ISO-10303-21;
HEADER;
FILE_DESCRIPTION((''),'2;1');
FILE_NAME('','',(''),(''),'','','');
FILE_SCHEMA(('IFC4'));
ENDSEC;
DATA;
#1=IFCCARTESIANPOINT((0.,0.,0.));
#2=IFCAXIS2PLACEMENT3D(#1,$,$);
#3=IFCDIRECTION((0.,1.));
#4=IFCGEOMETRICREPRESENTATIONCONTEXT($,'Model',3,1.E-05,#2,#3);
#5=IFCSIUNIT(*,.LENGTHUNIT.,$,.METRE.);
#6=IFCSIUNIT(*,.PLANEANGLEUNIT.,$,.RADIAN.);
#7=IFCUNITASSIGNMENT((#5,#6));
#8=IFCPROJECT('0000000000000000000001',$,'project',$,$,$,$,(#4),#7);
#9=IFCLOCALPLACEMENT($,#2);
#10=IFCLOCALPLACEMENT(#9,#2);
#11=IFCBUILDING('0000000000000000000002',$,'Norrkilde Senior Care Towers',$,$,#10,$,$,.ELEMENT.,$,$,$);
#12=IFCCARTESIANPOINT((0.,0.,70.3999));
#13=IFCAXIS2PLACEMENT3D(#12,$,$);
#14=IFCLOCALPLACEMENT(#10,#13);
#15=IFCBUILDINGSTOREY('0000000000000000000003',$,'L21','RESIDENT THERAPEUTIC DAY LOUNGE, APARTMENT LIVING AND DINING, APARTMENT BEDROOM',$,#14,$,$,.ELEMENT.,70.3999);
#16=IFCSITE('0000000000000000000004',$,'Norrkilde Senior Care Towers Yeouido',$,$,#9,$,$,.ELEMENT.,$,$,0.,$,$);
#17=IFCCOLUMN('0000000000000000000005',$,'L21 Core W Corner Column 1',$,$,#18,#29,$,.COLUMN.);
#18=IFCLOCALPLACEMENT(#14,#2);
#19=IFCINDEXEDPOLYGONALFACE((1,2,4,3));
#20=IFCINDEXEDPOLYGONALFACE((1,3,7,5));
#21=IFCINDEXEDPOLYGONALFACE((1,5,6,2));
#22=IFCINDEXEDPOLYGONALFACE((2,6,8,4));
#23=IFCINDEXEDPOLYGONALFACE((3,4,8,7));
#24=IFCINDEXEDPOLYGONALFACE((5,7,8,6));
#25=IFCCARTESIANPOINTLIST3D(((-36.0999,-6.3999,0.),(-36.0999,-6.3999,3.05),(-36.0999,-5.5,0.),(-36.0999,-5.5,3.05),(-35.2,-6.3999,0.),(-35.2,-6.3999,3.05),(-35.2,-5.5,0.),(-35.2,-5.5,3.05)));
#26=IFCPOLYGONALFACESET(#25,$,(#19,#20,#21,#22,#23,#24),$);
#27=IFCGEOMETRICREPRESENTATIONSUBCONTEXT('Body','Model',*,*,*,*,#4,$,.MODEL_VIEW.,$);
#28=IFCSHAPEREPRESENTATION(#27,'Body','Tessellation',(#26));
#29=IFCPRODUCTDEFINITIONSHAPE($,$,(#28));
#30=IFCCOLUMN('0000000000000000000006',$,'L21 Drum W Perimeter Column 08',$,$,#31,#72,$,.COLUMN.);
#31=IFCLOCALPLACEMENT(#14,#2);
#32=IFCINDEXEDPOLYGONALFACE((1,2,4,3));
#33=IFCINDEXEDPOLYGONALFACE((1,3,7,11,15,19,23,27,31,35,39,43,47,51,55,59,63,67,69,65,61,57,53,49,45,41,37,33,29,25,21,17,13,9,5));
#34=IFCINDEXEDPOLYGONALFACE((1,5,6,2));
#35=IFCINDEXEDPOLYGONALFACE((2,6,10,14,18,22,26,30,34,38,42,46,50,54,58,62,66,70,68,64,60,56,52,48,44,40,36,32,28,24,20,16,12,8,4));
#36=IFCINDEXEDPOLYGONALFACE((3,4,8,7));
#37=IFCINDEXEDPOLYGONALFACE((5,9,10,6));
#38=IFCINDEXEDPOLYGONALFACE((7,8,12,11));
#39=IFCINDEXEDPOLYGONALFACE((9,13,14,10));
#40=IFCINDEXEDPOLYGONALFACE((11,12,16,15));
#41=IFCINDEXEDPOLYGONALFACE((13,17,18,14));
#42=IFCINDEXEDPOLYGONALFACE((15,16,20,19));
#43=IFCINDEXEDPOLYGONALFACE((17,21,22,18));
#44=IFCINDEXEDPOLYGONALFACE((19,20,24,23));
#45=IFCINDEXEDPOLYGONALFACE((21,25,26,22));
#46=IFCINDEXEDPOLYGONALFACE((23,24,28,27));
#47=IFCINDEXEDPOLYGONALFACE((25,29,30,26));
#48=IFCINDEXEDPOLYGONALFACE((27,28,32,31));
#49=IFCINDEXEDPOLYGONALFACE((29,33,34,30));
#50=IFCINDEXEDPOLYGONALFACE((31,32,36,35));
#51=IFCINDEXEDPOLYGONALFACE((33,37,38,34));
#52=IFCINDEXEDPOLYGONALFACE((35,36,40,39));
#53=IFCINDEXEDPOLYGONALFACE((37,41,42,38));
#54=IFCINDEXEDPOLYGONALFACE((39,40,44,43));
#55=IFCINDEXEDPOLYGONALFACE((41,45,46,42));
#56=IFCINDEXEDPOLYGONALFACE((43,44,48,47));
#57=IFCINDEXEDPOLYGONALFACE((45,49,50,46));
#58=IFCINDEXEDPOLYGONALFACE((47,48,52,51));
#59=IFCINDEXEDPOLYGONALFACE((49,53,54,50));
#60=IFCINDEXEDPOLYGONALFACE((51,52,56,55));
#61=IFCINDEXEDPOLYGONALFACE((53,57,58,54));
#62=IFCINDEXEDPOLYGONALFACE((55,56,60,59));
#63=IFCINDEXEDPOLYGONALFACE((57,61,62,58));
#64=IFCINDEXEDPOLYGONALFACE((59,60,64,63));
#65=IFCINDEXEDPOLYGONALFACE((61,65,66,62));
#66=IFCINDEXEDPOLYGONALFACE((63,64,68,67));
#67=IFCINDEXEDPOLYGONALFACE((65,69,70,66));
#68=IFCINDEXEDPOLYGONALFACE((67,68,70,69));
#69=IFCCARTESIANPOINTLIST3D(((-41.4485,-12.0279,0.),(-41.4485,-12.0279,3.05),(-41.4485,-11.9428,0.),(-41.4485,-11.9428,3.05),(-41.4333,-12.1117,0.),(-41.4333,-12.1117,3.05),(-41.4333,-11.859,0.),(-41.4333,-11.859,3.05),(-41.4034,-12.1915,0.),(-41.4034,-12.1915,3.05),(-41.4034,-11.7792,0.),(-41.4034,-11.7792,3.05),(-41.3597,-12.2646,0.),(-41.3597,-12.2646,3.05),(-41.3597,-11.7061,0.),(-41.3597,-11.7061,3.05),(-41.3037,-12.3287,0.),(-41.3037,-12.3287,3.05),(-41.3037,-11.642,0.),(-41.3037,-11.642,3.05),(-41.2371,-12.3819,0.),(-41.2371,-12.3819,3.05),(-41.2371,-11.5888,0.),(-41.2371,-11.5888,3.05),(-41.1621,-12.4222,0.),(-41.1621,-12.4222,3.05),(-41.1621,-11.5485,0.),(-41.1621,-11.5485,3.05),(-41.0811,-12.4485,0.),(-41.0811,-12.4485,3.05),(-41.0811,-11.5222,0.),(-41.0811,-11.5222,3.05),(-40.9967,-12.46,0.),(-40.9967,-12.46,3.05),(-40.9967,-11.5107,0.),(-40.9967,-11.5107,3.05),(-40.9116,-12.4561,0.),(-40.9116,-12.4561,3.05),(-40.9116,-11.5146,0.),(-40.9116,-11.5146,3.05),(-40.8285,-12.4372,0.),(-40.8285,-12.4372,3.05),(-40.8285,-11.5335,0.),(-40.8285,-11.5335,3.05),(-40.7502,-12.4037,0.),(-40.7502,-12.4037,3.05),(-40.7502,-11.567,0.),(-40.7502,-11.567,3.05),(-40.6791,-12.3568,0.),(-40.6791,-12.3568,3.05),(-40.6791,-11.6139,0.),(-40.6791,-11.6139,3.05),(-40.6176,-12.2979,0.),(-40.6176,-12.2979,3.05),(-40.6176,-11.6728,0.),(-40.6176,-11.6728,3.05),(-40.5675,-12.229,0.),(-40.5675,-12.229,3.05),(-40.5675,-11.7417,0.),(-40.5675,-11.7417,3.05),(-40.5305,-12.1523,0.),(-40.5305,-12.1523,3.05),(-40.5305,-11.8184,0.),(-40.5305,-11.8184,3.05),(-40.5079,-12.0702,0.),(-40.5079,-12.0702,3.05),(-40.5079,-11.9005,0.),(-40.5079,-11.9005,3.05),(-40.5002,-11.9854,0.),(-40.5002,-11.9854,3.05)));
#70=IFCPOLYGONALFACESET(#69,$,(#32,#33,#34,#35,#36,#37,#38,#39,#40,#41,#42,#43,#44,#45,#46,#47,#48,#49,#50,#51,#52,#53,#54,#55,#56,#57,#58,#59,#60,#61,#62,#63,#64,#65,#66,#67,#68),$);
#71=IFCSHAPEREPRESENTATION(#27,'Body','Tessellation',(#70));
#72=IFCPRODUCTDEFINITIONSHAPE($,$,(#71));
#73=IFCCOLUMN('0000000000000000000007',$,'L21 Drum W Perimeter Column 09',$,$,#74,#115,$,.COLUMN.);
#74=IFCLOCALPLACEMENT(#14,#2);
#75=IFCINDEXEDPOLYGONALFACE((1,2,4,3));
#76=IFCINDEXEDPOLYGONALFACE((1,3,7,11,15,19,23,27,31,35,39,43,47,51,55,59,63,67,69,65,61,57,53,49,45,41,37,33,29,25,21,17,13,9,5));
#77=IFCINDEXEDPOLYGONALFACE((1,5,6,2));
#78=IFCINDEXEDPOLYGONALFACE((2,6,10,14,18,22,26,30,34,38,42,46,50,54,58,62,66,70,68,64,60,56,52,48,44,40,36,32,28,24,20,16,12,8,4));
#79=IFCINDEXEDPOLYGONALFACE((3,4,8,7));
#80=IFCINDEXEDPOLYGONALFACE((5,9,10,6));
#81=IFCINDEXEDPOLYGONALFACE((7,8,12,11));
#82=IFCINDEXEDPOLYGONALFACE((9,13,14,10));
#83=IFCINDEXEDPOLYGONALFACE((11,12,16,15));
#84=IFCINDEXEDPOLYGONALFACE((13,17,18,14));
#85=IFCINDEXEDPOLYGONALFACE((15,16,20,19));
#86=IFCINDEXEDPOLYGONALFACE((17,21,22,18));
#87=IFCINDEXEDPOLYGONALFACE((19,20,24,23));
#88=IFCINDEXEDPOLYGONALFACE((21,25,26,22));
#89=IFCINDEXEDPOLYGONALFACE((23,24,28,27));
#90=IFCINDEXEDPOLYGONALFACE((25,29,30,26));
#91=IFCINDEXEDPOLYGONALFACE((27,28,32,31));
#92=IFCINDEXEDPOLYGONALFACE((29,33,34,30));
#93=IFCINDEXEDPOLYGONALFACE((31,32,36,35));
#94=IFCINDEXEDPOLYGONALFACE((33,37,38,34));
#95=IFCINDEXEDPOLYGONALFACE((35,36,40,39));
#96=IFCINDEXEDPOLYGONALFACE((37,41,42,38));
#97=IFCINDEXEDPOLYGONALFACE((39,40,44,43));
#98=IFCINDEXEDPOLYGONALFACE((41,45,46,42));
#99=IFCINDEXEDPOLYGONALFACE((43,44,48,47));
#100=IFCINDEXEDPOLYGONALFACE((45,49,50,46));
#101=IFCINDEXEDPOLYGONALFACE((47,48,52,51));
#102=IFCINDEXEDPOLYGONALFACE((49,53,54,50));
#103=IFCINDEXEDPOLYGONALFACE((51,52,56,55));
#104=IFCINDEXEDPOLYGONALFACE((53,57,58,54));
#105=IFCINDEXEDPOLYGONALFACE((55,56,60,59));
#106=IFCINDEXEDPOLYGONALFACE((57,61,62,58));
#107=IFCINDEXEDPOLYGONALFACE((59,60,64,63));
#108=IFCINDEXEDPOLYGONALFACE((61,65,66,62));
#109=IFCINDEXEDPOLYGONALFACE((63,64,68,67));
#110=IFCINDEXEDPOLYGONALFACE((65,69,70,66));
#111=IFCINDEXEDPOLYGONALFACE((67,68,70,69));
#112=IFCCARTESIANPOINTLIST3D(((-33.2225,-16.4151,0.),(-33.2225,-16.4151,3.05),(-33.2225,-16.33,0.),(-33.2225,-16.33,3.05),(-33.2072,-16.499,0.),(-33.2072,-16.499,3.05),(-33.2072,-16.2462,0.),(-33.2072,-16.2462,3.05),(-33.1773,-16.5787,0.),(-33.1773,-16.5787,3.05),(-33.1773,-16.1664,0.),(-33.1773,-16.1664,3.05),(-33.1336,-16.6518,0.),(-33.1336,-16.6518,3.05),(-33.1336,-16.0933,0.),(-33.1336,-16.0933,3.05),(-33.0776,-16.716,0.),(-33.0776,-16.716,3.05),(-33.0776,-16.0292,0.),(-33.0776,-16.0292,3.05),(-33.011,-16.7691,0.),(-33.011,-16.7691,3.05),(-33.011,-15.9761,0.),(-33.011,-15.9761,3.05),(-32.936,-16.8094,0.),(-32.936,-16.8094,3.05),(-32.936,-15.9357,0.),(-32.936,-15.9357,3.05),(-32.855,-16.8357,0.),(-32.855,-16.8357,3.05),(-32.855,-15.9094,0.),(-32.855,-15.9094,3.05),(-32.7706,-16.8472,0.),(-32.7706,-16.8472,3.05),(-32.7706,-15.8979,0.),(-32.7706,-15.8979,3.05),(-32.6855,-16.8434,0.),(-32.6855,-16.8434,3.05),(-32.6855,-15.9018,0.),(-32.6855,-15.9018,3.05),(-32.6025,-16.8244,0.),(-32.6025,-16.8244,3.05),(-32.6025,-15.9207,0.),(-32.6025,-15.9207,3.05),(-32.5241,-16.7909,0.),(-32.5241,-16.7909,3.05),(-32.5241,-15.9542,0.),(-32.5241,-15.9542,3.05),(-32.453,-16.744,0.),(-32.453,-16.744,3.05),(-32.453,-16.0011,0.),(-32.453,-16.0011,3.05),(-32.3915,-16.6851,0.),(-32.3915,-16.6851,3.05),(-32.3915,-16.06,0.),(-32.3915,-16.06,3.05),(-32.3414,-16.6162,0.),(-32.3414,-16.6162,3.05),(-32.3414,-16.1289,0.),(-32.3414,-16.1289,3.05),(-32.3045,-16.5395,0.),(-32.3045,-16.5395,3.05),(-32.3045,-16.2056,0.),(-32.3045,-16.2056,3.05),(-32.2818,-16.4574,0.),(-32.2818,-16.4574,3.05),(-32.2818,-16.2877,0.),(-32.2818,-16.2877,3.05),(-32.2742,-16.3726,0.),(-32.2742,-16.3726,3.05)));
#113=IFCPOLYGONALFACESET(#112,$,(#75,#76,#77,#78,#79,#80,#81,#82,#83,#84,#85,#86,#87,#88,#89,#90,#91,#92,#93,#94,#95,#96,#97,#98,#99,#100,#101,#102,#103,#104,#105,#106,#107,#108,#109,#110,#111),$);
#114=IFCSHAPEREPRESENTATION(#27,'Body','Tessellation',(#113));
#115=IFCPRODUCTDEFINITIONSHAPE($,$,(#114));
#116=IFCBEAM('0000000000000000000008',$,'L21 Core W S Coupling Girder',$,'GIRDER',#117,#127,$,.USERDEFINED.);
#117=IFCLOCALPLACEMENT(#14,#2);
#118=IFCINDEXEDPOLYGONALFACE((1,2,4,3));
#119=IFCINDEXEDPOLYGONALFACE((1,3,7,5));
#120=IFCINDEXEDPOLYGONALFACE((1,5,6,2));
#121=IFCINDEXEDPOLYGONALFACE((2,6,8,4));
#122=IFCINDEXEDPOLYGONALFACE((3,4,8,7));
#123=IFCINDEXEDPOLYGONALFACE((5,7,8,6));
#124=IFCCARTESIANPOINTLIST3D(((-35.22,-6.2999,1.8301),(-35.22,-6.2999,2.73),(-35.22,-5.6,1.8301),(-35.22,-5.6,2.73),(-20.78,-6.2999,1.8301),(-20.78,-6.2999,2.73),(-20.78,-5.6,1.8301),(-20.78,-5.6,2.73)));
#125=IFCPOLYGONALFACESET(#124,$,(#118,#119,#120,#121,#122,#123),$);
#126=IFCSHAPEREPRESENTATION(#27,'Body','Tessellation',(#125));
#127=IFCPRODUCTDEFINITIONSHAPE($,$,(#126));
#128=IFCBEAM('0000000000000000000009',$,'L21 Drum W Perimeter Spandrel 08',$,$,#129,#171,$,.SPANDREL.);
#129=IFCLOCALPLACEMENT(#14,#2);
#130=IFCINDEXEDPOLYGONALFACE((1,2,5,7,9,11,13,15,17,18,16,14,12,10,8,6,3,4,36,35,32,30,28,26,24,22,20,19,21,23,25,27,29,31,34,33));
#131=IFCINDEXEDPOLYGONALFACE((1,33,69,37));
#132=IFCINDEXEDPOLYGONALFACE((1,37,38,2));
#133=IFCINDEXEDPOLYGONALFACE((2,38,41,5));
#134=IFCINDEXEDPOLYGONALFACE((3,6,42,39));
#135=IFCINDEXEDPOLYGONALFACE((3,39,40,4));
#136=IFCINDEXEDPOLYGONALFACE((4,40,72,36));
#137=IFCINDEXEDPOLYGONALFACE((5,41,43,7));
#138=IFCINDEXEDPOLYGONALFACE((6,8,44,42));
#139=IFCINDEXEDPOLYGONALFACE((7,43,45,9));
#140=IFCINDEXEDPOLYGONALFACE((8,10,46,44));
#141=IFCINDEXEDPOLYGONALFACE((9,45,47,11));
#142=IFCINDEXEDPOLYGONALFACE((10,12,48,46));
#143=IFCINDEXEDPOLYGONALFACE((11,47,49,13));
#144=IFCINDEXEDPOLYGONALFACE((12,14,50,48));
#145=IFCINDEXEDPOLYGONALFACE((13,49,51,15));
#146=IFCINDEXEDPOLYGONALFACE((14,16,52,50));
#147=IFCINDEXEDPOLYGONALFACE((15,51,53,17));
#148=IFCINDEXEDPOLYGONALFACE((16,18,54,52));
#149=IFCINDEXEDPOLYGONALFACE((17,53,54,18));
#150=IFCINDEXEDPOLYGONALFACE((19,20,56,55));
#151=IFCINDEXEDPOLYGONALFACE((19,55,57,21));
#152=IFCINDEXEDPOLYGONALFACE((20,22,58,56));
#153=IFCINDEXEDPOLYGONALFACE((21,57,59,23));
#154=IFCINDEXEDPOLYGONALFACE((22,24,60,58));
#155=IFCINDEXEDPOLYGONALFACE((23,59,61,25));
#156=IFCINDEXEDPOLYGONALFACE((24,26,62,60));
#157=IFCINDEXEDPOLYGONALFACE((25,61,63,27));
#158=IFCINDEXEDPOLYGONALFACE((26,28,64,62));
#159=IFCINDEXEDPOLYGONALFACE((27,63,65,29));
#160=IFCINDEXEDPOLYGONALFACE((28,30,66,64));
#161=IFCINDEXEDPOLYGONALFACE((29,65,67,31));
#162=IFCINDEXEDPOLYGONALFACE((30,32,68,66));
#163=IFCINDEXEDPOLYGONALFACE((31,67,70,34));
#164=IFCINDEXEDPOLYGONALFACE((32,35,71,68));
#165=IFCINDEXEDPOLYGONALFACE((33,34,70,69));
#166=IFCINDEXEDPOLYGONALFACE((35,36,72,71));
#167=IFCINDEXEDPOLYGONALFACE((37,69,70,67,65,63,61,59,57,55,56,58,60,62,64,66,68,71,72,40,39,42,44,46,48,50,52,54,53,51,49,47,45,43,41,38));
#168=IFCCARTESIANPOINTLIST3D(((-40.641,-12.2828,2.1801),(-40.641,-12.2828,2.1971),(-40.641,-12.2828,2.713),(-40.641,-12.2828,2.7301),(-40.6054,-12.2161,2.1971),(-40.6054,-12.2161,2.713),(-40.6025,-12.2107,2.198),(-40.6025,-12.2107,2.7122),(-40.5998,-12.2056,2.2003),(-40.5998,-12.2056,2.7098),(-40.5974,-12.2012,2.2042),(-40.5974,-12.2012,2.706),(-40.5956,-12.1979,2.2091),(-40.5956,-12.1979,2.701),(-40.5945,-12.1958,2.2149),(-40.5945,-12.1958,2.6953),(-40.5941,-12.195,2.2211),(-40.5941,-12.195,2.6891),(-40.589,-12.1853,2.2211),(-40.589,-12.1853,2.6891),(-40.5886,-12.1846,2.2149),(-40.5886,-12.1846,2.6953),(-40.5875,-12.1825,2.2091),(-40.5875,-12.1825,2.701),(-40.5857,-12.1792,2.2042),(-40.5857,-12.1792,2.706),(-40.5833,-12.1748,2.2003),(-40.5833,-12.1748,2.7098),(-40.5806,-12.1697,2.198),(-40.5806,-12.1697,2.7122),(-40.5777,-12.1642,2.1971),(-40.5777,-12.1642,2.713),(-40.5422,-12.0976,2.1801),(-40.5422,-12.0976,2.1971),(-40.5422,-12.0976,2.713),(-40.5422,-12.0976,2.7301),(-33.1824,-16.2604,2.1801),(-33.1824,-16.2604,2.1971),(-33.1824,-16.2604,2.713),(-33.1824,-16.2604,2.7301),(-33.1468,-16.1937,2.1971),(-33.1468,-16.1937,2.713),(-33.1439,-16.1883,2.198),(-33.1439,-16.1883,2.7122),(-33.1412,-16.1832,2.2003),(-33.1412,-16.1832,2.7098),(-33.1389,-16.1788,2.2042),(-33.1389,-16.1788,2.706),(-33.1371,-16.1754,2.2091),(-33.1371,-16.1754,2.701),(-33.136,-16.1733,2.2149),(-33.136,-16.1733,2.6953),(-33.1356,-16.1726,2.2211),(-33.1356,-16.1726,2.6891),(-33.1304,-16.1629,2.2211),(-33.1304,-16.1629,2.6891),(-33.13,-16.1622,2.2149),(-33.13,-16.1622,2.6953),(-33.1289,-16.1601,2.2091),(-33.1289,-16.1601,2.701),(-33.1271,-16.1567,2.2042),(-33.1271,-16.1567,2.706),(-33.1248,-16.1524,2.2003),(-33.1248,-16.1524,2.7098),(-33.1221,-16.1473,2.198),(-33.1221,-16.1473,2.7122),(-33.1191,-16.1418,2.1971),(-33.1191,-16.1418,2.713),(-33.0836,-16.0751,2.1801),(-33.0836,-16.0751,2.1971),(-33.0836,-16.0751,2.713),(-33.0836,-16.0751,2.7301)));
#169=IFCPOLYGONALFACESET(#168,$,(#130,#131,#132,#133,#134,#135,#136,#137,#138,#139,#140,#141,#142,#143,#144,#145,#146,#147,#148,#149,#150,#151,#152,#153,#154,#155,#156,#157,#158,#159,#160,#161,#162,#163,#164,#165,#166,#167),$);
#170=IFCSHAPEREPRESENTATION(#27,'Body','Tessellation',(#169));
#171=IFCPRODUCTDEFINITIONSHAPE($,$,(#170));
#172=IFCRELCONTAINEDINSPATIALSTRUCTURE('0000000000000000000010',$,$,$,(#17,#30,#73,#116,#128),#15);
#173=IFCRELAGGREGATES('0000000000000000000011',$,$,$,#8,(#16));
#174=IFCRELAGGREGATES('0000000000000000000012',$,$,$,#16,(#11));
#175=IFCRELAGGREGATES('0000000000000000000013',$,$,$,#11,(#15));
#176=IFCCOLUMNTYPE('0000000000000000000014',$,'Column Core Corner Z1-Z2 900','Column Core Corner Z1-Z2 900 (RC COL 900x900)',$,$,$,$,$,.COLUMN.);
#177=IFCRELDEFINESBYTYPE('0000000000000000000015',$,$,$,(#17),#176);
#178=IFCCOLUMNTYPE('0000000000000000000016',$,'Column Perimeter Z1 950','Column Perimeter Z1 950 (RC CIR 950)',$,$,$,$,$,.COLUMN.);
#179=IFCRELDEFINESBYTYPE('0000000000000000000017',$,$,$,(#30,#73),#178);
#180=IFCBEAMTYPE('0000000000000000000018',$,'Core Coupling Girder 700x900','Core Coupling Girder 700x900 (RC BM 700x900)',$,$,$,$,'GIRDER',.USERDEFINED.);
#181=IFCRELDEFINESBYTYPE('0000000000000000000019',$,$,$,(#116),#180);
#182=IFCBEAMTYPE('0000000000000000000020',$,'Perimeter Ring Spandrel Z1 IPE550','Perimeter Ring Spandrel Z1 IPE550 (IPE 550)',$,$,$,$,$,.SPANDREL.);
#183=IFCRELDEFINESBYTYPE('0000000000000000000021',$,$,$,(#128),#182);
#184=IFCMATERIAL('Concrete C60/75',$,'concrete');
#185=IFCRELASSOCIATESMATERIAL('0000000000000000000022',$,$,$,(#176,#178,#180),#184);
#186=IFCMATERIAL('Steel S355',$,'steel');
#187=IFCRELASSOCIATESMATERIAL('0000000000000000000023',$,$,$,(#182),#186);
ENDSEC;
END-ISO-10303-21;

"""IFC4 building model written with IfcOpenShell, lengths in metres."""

from ifc_helpers import new_model, si_unit, direction, frame, origin, origin_2d, place, context, subcontext, project, spatial, rectangle, circle, i_section, extrude, source, transform, mapped, material, material_profile, profile_set, type_object, type_shapes, element, save


model = new_model("IFC4")

# Units and contexts
model_context = context("Model", 3, precision=1e-05, world=origin(), true_north=direction((0.0, 1.0)))
body_context = subcontext(model_context, "Body", "Model", "MODEL_VIEW")
ifc_project = project(units=[si_unit("LENGTHUNIT", "METRE"), si_unit("PLANEANGLEUNIT", "RADIAN")], contexts=[model_context])

# Site, building, storey
site_placement = place(None, origin())
site = spatial("IfcSite", under=ifc_project, at=site_placement, Name="Norrkilde Senior Care Towers Yeouido", CompositionType="ELEMENT", RefElevation=0.0)
building_placement = place(site_placement, origin())
building = spatial("IfcBuilding", under=site, at=building_placement, Name="Norrkilde Senior Care Towers", CompositionType="ELEMENT")
storey_placement = place(building_placement, frame((0.0, 0.0, 70.3999)))
storey = spatial("IfcBuildingStorey", under=building, at=storey_placement, Name="L21", Description="RESIDENT THERAPEUTIC DAY LOUNGE, APARTMENT LIVING AND DINING, APARTMENT BEDROOM", CompositionType="ELEMENT", Elevation=70.3999)

# Columns
ifc_material_1 = material(Name="Concrete C60/75", Category="concrete")
ifc_material_profile_1 = material_profile(ifc_material_1, rectangle(XDim=0.8999, YDim=0.8999, at=origin_2d()), Name="RC COL 900x900")
ifc_profile_set_1 = profile_set([ifc_material_profile_1], Name="Concrete C60/75")
column_type_1 = type_object("IfcColumnType", Name="Column Core Corner Z1-Z2 900", Description="Column Core Corner Z1-Z2 900 (RC COL 900x900)", PredefinedType="COLUMN", material=ifc_profile_set_1)
shared_shape_1 = source(origin(), body_context, "Body", "SweptSolid", [
    extrude(rectangle(XDim=0.8999, YDim=0.8999, at=origin_2d()), origin(), (0.0, 0.0, 1.0), 3.05),
])
type_shapes(column_type_1, [shared_shape_1])
column_placement = place(storey_placement, frame((-35.6499, -5.95, 0.0), z_axis=(0.0, 0.0, 1.0), x_axis=(1.0, 0.0, 0.0)))
element("IfcColumn", 1, at=column_placement, inside=storey, type_object=column_type_1, Name="L21 Core W Corner Column 1", PredefinedType="COLUMN", context=body_context, shape_type="MappedRepresentation", body=[
    mapped(shared_shape_1, transform((0.0, 0.0, 0.0), x_axis=(1.0, 0.0, 0.0), y_axis=(0.0, 1.0, 0.0), z_axis=(0.0, 0.0, 1.0), scale=1.0)),
])
ifc_material_profile_2 = material_profile(ifc_material_1, circle(Radius=0.4751, at=origin_2d()), Name="RC CIR 950")
ifc_profile_set_2 = profile_set([ifc_material_profile_2], Name="Concrete C60/75")
column_type_2 = type_object("IfcColumnType", Name="Column Perimeter Z1 950", Description="Column Perimeter Z1 950 (RC CIR 950)", PredefinedType="COLUMN", material=ifc_profile_set_2)
shared_shape_2 = source(origin(), body_context, "Body", "SweptSolid", [
    extrude(circle(Radius=0.4751, at=origin_2d()), origin(), (0.0, 0.0, 1.0), 3.05),
])
type_shapes(column_type_2, [shared_shape_2])
for number, where, z_axis, x_axis, name in (
    (2, (-40.9753, -11.9854, 0.0), (0.0, 0.0, 1.0), (1.0, 0.0, 0.0), "L21 Drum W Perimeter Column 08"),
    (3, (-32.7493, -16.3726, 0.0), (0.0, 0.0, 1.0), (1.0, 0.0, 0.0), "L21 Drum W Perimeter Column 09"),
):
    element("IfcColumn", number, at=place(storey_placement, frame(where, z_axis=z_axis, x_axis=x_axis)), inside=storey, type_object=column_type_2, Name=name, PredefinedType="COLUMN", context=body_context, shape_type="MappedRepresentation", body=[
        mapped(shared_shape_2, transform((0.0, 0.0, 0.0), x_axis=(1.0, 0.0, 0.0), y_axis=(0.0, 1.0, 0.0), z_axis=(0.0, 0.0, 1.0), scale=1.0)),
    ])

# Beams
ifc_material_profile_3 = material_profile(ifc_material_1, rectangle(XDim=0.7, YDim=0.8999, at=origin_2d()), Name="RC BM 700x900")
ifc_profile_set_3 = profile_set([ifc_material_profile_3], Name="Concrete C60/75")
beam_type_1 = type_object("IfcBeamType", Name="Core Coupling Girder 700x900", Description="Core Coupling Girder 700x900 (RC BM 700x900)", ElementType="GIRDER", PredefinedType="USERDEFINED", material=ifc_profile_set_3)
shared_shape_3 = source(origin(), body_context, "Body", "SweptSolid", [
    extrude(rectangle(XDim=0.7, YDim=0.8999, at=origin_2d()), origin(), (0.0, 0.0, 1.0), 14.4399),
])
type_shapes(beam_type_1, [shared_shape_3])
beam_1_placement = place(storey_placement, frame((-35.22, -5.95, 2.28), z_axis=(1.0, 0.0, 0.0), x_axis=(0.0, 1.0, 0.0)))
element("IfcBeam", 4, at=beam_1_placement, inside=storey, type_object=beam_type_1, Name="L21 Core W S Coupling Girder", ObjectType="GIRDER", PredefinedType="USERDEFINED", context=body_context, shape_type="MappedRepresentation", body=[
    mapped(shared_shape_3, transform((0.0, 0.0, 0.0), x_axis=(1.0, 0.0, 0.0), y_axis=(0.0, 1.0, 0.0), z_axis=(0.0, 0.0, 1.0), scale=1.0)),
])
ifc_material_2 = material(Name="Steel S355", Category="steel")
ifc_material_profile_4 = material_profile(ifc_material_2, i_section(OverallWidth=0.21, OverallDepth=0.55, WebThickness=0.011, FlangeThickness=0.0171, FilletRadius=0.0239, at=origin_2d()), Name="IPE 550")
ifc_profile_set_4 = profile_set([ifc_material_profile_4], Name="Steel S355")
beam_type_2 = type_object("IfcBeamType", Name="Perimeter Ring Spandrel Z1 IPE550", Description="Perimeter Ring Spandrel Z1 IPE550 (IPE 550)", PredefinedType="SPANDREL", material=ifc_profile_set_4)
shared_shape_4 = source(origin(), body_context, "Body", "SweptSolid", [
    extrude(i_section(OverallWidth=0.21, OverallDepth=0.55, WebThickness=0.011, FlangeThickness=0.0171, FilletRadius=0.0239, at=origin_2d()), origin(), (0.0, 0.0, 1.0), 8.4529),
])
beam_2_placement = place(storey_placement, frame((-40.5916, -12.1902, 2.4551), z_axis=(0.882369, -0.470558, 0.0), x_axis=(0.470558, 0.882369, 0.0)))
element("IfcBeam", 5, at=beam_2_placement, inside=storey, type_object=beam_type_2, Name="L21 Drum W Perimeter Spandrel 08", PredefinedType="SPANDREL", context=body_context, shape_type="MappedRepresentation", body=[
    mapped(shared_shape_4, transform((0.0, 0.0, 0.0), x_axis=(1.0, 0.0, 0.0), y_axis=(0.0, 1.0, 0.0), z_axis=(0.0, 0.0, 1.0), scale=1.0)),
])

save(model, "model.ifc")
